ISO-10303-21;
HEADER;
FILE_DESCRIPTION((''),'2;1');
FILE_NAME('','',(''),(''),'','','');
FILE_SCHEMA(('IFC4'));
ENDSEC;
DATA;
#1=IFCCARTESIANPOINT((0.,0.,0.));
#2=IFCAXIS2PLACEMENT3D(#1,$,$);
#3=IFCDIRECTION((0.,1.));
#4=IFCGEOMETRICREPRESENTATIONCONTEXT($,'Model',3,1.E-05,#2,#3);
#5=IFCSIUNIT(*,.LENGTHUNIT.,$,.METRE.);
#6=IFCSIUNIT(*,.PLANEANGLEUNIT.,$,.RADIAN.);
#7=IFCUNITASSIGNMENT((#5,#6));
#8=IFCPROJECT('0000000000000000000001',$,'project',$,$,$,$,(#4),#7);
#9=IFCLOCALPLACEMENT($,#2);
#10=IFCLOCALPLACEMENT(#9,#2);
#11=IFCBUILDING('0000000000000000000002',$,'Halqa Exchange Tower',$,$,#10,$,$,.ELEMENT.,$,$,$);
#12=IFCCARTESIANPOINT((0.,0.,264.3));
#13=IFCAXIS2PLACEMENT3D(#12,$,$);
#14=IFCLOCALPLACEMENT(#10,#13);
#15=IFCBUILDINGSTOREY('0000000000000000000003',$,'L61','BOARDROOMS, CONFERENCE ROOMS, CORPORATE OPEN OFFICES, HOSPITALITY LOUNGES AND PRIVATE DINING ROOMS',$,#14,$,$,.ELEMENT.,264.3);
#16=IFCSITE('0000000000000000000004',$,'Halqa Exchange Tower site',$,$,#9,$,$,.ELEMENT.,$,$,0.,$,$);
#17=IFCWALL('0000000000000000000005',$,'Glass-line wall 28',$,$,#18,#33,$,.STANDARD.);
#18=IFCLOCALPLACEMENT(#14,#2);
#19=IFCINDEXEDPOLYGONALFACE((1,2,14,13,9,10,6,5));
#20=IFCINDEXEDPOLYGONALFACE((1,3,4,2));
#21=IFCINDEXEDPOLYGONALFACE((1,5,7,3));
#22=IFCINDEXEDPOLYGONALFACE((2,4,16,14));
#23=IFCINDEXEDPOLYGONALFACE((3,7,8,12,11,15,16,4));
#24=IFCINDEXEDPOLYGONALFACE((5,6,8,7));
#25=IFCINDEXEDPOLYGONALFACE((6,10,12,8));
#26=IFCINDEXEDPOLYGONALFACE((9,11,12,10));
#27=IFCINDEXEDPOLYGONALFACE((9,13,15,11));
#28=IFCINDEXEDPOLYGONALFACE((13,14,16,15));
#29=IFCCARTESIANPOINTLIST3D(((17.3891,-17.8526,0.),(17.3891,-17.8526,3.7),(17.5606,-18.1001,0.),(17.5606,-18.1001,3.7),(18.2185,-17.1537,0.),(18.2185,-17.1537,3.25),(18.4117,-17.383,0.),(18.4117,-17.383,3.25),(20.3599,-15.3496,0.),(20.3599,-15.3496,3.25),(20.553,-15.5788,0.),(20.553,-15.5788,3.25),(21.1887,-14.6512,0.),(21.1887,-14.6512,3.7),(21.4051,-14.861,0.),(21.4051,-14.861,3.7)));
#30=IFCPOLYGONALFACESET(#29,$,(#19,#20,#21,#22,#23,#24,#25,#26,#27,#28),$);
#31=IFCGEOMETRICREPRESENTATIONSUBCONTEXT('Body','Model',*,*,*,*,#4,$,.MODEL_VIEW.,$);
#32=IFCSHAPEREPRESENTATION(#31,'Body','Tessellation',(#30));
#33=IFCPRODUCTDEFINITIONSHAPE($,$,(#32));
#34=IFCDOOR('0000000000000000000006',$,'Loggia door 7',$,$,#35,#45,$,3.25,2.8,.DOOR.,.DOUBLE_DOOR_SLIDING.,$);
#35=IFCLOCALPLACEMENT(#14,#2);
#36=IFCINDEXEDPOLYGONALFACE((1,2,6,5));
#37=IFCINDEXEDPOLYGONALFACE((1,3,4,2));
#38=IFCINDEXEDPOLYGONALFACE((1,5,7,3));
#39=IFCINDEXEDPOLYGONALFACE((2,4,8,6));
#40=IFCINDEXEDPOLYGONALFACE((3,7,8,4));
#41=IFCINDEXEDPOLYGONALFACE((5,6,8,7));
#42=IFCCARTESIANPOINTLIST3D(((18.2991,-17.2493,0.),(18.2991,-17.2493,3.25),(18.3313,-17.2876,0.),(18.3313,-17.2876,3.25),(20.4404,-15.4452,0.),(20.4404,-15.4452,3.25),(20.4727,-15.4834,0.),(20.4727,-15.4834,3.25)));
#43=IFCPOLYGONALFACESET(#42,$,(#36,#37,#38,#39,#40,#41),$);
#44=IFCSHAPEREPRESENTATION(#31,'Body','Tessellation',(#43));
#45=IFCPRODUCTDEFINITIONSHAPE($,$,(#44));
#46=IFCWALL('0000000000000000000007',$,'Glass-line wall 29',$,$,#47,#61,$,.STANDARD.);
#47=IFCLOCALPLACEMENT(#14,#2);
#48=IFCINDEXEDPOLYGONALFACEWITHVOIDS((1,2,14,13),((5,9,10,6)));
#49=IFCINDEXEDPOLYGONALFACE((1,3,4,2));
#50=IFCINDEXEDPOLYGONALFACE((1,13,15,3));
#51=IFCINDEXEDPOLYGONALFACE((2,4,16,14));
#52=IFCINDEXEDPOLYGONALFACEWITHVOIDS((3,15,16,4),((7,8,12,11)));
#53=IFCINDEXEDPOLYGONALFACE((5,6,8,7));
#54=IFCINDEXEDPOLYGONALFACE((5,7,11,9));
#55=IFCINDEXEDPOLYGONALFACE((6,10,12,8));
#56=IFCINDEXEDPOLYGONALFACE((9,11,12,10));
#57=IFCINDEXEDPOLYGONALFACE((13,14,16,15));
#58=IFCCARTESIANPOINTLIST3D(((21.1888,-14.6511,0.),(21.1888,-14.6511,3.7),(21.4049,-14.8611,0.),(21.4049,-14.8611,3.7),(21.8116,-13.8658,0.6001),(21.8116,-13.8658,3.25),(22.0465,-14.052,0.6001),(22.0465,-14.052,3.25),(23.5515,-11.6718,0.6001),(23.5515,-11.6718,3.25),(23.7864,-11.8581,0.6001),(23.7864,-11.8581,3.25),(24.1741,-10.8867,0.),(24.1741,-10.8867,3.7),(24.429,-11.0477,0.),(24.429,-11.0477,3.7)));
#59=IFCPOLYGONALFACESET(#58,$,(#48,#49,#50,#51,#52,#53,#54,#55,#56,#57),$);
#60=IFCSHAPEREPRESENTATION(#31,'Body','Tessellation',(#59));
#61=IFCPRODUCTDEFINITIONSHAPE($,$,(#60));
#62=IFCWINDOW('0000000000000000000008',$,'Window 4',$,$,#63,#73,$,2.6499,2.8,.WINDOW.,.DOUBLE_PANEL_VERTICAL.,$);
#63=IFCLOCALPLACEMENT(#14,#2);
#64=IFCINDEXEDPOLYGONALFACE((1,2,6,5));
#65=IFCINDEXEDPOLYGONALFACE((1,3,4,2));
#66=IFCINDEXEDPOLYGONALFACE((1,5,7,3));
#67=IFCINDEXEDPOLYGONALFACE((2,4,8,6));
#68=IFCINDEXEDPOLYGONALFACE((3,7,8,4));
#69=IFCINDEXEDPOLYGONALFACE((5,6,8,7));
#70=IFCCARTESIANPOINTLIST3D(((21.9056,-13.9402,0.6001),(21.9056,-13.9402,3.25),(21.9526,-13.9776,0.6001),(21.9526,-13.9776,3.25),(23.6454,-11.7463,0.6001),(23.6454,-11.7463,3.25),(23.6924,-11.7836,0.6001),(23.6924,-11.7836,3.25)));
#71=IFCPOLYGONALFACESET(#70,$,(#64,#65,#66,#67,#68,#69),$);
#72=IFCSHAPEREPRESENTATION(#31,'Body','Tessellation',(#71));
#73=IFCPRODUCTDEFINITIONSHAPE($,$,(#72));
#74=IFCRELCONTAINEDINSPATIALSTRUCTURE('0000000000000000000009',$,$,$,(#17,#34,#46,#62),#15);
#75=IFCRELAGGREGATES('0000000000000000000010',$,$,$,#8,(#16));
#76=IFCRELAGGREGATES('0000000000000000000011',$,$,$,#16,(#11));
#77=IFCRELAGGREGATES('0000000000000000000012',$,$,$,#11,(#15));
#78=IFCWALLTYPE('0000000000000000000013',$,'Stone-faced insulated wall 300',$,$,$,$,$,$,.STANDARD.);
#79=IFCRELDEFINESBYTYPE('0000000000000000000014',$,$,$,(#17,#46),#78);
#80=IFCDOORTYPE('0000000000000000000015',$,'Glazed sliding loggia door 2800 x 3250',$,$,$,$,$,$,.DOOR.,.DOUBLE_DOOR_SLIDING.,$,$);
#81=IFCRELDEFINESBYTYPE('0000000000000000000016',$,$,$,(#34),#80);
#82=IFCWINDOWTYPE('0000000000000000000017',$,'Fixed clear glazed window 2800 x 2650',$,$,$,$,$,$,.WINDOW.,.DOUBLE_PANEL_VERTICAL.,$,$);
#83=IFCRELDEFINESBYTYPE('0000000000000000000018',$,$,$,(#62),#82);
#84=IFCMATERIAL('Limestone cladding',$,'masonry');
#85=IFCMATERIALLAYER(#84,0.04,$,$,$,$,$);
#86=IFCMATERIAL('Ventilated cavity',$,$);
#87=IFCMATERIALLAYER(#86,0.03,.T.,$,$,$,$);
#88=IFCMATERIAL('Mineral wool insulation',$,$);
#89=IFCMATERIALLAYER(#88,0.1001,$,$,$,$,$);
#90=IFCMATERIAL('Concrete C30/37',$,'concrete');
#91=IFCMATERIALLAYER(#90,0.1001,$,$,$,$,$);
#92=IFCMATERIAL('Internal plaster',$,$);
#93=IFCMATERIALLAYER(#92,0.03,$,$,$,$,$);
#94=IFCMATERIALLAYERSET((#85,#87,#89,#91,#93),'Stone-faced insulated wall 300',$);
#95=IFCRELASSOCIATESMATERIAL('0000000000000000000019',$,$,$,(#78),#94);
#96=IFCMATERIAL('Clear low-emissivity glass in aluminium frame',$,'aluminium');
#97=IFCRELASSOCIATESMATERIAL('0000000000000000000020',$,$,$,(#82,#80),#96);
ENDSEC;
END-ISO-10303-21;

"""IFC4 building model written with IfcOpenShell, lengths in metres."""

from ifc_helpers import new_model, si_unit, direction, frame, frame_2d, origin, place, context, subcontext, project, spatial, polyline, rectangle, outline, extrude, material, layer, layer_set, type_object, element, fill, save


model = new_model("IFC4")

# Units and contexts
model_context = context("Model", 3, precision=1e-05, world=origin(), true_north=direction((0.0, 1.0)))
body_context = subcontext(model_context, "Body", "Model", "MODEL_VIEW")
ifc_project = project(units=[si_unit("LENGTHUNIT", "METRE"), si_unit("PLANEANGLEUNIT", "RADIAN")], contexts=[model_context])

# Site, building, storey
site_placement = place(None, origin())
site = spatial("IfcSite", under=ifc_project, at=site_placement, Name="Halqa Exchange Tower site", CompositionType="ELEMENT", RefElevation=0.0)
building_placement = place(site_placement, origin())
building = spatial("IfcBuilding", under=site, at=building_placement, Name="Halqa Exchange Tower", CompositionType="ELEMENT")
storey_placement = place(building_placement, frame((0.0, 0.0, 264.3)))
storey = spatial("IfcBuildingStorey", under=building, at=storey_placement, Name="L61", Description="BOARDROOMS, CONFERENCE ROOMS, CORPORATE OPEN OFFICES, HOSPITALITY LOUNGES AND PRIVATE DINING ROOMS", CompositionType="ELEMENT", Elevation=264.3)

# Shared definitions
ifc_material_1 = material(Name="Limestone cladding", Category="masonry")
ifc_layer_1 = layer(ifc_material_1, 0.04)
ifc_material_2 = material(Name="Ventilated cavity")
ifc_layer_2 = layer(ifc_material_2, 0.03, ventilated=True)
ifc_material_3 = material(Name="Mineral wool insulation")
ifc_layer_3 = layer(ifc_material_3, 0.1001)
ifc_material_4 = material(Name="Concrete C30/37", Category="concrete")
ifc_layer_4 = layer(ifc_material_4, 0.1001)
ifc_material_5 = material(Name="Internal plaster")
ifc_layer_5 = layer(ifc_material_5, 0.03)
ifc_layer_set_1 = layer_set([ifc_layer_1, ifc_layer_2, ifc_layer_3, ifc_layer_4, ifc_layer_5], Name="Stone-faced insulated wall 300")
wall_type_1 = type_object("IfcWallType", Name="Stone-faced insulated wall 300", PredefinedType="STANDARD", material=ifc_layer_set_1)
ifc_material_6 = material(Name="Clear low-emissivity glass in aluminium frame", Category="aluminium")
window_type = type_object("IfcWindowType", Name="Fixed clear glazed window 2800 x 2650", PartitioningType="DOUBLE_PANEL_VERTICAL", PredefinedType="WINDOW", material=ifc_material_6)

# Wall, opening, door
wall_1_placement = place(storey_placement, frame((17.4749, -17.9763, 0.0), z_axis=(0.0, 0.0, 1.0), x_axis=(0.764746, 0.644331, 0.0)))
wall_1 = element("IfcWall", 1, at=wall_1_placement, inside=storey, type_object=wall_type_1, Name="Glass-line wall 28", PredefinedType="STANDARD", context=body_context, shape_type="SweptSolid", body=[
    extrude(outline(polyline([(-0.0142, -0.1499), (5.0129, -0.1499), (4.9827, 0.1499), (0.0142, 0.1499), (-0.0142, -0.1499)])), origin(), (0.0, 0.0, 1.0), 3.7),
])
opening_1_placement = place(wall_1_placement, frame((1.0989, 0.0, 0.0)))
opening_1 = element("IfcOpeningElement", 2, at=opening_1_placement, cuts=wall_1, PredefinedType="OPENING", context=body_context, shape_type="SweptSolid", body=[
    extrude(rectangle(XDim=2.8, YDim=3.25, at=frame_2d((1.3999, 1.625))), frame((0.0, 0.1621, 0.0), z_axis=(0.0, -1.0, 0.0), x_axis=(1.0, 0.0, 0.0)), (0.0, 0.0, 1.0), 0.324),
])
door_type_1 = type_object("IfcDoorType", Name="Glazed sliding loggia door 2800 x 3250", OperationType="DOUBLE_DOOR_SLIDING", PredefinedType="DOOR", material=ifc_material_6)
door_1_placement = place(opening_1_placement, origin())
door_1 = element("IfcDoor", 3, at=door_1_placement, inside=storey, type_object=door_type_1, Name="Loggia door 7", OperationType="DOUBLE_DOOR_SLIDING", OverallHeight=3.25, OverallWidth=2.8, PredefinedType="DOOR", context=body_context, shape_type="SweptSolid", body=[
    extrude(rectangle(XDim=2.8, YDim=3.25, at=frame_2d((1.3999, 1.625))), frame((0.0, 0.0249, 0.0), z_axis=(0.0, -1.0, 0.0), x_axis=(1.0, 0.0, 0.0)), (0.0, 0.0, 1.0), 0.05),
])
fill(opening_1, door_1)

# Wall, opening, window
wall_2_placement = place(storey_placement, frame((21.2969, -14.7561, 0.0), z_axis=(0.0, 0.0, 1.0), x_axis=(0.621358, 0.783526, 0.0)))
wall_2 = element("IfcWall", 4, at=wall_2_placement, inside=storey, type_object=wall_type_1, Name="Glass-line wall 29", PredefinedType="STANDARD", context=body_context, shape_type="SweptSolid", body=[
    extrude(outline(polyline([(-0.0151, -0.1499), (4.8518, -0.1499), (4.8196, 0.1499), (0.0151, 0.1499), (-0.0151, -0.1499)])), origin(), (0.0, 0.0, 1.0), 3.7),
])
opening_2_placement = place(wall_2_placement, frame((1.0176, 0.0, 0.6001)))
opening_2 = element("IfcOpeningElement", 5, at=opening_2_placement, cuts=wall_2, PredefinedType="OPENING", context=body_context, shape_type="SweptSolid", body=[
    extrude(rectangle(XDim=2.8, YDim=2.6499, at=frame_2d((1.3999, 1.325))), frame((0.0, 0.1621, 0.0), z_axis=(0.0, -1.0, 0.0), x_axis=(1.0, 0.0, 0.0)), (0.0, 0.0, 1.0), 0.324),
])
window_1_placement = place(opening_2_placement, origin())
window_1 = element("IfcWindow", 6, at=window_1_placement, inside=storey, type_object=window_type, Name="Window 4", OverallHeight=2.6499, OverallWidth=2.8, PartitioningType="DOUBLE_PANEL_VERTICAL", PredefinedType="WINDOW", context=body_context, shape_type="SweptSolid", body=[
    extrude(rectangle(XDim=2.8, YDim=2.6499, at=frame_2d((1.3999, 1.325))), frame((0.0, 0.03, 0.0), z_axis=(0.0, -1.0, 0.0), x_axis=(1.0, 0.0, 0.0)), (0.0, 0.0, 1.0), 0.0601),
])
fill(opening_2, window_1)

save(model, "model.ifc")
